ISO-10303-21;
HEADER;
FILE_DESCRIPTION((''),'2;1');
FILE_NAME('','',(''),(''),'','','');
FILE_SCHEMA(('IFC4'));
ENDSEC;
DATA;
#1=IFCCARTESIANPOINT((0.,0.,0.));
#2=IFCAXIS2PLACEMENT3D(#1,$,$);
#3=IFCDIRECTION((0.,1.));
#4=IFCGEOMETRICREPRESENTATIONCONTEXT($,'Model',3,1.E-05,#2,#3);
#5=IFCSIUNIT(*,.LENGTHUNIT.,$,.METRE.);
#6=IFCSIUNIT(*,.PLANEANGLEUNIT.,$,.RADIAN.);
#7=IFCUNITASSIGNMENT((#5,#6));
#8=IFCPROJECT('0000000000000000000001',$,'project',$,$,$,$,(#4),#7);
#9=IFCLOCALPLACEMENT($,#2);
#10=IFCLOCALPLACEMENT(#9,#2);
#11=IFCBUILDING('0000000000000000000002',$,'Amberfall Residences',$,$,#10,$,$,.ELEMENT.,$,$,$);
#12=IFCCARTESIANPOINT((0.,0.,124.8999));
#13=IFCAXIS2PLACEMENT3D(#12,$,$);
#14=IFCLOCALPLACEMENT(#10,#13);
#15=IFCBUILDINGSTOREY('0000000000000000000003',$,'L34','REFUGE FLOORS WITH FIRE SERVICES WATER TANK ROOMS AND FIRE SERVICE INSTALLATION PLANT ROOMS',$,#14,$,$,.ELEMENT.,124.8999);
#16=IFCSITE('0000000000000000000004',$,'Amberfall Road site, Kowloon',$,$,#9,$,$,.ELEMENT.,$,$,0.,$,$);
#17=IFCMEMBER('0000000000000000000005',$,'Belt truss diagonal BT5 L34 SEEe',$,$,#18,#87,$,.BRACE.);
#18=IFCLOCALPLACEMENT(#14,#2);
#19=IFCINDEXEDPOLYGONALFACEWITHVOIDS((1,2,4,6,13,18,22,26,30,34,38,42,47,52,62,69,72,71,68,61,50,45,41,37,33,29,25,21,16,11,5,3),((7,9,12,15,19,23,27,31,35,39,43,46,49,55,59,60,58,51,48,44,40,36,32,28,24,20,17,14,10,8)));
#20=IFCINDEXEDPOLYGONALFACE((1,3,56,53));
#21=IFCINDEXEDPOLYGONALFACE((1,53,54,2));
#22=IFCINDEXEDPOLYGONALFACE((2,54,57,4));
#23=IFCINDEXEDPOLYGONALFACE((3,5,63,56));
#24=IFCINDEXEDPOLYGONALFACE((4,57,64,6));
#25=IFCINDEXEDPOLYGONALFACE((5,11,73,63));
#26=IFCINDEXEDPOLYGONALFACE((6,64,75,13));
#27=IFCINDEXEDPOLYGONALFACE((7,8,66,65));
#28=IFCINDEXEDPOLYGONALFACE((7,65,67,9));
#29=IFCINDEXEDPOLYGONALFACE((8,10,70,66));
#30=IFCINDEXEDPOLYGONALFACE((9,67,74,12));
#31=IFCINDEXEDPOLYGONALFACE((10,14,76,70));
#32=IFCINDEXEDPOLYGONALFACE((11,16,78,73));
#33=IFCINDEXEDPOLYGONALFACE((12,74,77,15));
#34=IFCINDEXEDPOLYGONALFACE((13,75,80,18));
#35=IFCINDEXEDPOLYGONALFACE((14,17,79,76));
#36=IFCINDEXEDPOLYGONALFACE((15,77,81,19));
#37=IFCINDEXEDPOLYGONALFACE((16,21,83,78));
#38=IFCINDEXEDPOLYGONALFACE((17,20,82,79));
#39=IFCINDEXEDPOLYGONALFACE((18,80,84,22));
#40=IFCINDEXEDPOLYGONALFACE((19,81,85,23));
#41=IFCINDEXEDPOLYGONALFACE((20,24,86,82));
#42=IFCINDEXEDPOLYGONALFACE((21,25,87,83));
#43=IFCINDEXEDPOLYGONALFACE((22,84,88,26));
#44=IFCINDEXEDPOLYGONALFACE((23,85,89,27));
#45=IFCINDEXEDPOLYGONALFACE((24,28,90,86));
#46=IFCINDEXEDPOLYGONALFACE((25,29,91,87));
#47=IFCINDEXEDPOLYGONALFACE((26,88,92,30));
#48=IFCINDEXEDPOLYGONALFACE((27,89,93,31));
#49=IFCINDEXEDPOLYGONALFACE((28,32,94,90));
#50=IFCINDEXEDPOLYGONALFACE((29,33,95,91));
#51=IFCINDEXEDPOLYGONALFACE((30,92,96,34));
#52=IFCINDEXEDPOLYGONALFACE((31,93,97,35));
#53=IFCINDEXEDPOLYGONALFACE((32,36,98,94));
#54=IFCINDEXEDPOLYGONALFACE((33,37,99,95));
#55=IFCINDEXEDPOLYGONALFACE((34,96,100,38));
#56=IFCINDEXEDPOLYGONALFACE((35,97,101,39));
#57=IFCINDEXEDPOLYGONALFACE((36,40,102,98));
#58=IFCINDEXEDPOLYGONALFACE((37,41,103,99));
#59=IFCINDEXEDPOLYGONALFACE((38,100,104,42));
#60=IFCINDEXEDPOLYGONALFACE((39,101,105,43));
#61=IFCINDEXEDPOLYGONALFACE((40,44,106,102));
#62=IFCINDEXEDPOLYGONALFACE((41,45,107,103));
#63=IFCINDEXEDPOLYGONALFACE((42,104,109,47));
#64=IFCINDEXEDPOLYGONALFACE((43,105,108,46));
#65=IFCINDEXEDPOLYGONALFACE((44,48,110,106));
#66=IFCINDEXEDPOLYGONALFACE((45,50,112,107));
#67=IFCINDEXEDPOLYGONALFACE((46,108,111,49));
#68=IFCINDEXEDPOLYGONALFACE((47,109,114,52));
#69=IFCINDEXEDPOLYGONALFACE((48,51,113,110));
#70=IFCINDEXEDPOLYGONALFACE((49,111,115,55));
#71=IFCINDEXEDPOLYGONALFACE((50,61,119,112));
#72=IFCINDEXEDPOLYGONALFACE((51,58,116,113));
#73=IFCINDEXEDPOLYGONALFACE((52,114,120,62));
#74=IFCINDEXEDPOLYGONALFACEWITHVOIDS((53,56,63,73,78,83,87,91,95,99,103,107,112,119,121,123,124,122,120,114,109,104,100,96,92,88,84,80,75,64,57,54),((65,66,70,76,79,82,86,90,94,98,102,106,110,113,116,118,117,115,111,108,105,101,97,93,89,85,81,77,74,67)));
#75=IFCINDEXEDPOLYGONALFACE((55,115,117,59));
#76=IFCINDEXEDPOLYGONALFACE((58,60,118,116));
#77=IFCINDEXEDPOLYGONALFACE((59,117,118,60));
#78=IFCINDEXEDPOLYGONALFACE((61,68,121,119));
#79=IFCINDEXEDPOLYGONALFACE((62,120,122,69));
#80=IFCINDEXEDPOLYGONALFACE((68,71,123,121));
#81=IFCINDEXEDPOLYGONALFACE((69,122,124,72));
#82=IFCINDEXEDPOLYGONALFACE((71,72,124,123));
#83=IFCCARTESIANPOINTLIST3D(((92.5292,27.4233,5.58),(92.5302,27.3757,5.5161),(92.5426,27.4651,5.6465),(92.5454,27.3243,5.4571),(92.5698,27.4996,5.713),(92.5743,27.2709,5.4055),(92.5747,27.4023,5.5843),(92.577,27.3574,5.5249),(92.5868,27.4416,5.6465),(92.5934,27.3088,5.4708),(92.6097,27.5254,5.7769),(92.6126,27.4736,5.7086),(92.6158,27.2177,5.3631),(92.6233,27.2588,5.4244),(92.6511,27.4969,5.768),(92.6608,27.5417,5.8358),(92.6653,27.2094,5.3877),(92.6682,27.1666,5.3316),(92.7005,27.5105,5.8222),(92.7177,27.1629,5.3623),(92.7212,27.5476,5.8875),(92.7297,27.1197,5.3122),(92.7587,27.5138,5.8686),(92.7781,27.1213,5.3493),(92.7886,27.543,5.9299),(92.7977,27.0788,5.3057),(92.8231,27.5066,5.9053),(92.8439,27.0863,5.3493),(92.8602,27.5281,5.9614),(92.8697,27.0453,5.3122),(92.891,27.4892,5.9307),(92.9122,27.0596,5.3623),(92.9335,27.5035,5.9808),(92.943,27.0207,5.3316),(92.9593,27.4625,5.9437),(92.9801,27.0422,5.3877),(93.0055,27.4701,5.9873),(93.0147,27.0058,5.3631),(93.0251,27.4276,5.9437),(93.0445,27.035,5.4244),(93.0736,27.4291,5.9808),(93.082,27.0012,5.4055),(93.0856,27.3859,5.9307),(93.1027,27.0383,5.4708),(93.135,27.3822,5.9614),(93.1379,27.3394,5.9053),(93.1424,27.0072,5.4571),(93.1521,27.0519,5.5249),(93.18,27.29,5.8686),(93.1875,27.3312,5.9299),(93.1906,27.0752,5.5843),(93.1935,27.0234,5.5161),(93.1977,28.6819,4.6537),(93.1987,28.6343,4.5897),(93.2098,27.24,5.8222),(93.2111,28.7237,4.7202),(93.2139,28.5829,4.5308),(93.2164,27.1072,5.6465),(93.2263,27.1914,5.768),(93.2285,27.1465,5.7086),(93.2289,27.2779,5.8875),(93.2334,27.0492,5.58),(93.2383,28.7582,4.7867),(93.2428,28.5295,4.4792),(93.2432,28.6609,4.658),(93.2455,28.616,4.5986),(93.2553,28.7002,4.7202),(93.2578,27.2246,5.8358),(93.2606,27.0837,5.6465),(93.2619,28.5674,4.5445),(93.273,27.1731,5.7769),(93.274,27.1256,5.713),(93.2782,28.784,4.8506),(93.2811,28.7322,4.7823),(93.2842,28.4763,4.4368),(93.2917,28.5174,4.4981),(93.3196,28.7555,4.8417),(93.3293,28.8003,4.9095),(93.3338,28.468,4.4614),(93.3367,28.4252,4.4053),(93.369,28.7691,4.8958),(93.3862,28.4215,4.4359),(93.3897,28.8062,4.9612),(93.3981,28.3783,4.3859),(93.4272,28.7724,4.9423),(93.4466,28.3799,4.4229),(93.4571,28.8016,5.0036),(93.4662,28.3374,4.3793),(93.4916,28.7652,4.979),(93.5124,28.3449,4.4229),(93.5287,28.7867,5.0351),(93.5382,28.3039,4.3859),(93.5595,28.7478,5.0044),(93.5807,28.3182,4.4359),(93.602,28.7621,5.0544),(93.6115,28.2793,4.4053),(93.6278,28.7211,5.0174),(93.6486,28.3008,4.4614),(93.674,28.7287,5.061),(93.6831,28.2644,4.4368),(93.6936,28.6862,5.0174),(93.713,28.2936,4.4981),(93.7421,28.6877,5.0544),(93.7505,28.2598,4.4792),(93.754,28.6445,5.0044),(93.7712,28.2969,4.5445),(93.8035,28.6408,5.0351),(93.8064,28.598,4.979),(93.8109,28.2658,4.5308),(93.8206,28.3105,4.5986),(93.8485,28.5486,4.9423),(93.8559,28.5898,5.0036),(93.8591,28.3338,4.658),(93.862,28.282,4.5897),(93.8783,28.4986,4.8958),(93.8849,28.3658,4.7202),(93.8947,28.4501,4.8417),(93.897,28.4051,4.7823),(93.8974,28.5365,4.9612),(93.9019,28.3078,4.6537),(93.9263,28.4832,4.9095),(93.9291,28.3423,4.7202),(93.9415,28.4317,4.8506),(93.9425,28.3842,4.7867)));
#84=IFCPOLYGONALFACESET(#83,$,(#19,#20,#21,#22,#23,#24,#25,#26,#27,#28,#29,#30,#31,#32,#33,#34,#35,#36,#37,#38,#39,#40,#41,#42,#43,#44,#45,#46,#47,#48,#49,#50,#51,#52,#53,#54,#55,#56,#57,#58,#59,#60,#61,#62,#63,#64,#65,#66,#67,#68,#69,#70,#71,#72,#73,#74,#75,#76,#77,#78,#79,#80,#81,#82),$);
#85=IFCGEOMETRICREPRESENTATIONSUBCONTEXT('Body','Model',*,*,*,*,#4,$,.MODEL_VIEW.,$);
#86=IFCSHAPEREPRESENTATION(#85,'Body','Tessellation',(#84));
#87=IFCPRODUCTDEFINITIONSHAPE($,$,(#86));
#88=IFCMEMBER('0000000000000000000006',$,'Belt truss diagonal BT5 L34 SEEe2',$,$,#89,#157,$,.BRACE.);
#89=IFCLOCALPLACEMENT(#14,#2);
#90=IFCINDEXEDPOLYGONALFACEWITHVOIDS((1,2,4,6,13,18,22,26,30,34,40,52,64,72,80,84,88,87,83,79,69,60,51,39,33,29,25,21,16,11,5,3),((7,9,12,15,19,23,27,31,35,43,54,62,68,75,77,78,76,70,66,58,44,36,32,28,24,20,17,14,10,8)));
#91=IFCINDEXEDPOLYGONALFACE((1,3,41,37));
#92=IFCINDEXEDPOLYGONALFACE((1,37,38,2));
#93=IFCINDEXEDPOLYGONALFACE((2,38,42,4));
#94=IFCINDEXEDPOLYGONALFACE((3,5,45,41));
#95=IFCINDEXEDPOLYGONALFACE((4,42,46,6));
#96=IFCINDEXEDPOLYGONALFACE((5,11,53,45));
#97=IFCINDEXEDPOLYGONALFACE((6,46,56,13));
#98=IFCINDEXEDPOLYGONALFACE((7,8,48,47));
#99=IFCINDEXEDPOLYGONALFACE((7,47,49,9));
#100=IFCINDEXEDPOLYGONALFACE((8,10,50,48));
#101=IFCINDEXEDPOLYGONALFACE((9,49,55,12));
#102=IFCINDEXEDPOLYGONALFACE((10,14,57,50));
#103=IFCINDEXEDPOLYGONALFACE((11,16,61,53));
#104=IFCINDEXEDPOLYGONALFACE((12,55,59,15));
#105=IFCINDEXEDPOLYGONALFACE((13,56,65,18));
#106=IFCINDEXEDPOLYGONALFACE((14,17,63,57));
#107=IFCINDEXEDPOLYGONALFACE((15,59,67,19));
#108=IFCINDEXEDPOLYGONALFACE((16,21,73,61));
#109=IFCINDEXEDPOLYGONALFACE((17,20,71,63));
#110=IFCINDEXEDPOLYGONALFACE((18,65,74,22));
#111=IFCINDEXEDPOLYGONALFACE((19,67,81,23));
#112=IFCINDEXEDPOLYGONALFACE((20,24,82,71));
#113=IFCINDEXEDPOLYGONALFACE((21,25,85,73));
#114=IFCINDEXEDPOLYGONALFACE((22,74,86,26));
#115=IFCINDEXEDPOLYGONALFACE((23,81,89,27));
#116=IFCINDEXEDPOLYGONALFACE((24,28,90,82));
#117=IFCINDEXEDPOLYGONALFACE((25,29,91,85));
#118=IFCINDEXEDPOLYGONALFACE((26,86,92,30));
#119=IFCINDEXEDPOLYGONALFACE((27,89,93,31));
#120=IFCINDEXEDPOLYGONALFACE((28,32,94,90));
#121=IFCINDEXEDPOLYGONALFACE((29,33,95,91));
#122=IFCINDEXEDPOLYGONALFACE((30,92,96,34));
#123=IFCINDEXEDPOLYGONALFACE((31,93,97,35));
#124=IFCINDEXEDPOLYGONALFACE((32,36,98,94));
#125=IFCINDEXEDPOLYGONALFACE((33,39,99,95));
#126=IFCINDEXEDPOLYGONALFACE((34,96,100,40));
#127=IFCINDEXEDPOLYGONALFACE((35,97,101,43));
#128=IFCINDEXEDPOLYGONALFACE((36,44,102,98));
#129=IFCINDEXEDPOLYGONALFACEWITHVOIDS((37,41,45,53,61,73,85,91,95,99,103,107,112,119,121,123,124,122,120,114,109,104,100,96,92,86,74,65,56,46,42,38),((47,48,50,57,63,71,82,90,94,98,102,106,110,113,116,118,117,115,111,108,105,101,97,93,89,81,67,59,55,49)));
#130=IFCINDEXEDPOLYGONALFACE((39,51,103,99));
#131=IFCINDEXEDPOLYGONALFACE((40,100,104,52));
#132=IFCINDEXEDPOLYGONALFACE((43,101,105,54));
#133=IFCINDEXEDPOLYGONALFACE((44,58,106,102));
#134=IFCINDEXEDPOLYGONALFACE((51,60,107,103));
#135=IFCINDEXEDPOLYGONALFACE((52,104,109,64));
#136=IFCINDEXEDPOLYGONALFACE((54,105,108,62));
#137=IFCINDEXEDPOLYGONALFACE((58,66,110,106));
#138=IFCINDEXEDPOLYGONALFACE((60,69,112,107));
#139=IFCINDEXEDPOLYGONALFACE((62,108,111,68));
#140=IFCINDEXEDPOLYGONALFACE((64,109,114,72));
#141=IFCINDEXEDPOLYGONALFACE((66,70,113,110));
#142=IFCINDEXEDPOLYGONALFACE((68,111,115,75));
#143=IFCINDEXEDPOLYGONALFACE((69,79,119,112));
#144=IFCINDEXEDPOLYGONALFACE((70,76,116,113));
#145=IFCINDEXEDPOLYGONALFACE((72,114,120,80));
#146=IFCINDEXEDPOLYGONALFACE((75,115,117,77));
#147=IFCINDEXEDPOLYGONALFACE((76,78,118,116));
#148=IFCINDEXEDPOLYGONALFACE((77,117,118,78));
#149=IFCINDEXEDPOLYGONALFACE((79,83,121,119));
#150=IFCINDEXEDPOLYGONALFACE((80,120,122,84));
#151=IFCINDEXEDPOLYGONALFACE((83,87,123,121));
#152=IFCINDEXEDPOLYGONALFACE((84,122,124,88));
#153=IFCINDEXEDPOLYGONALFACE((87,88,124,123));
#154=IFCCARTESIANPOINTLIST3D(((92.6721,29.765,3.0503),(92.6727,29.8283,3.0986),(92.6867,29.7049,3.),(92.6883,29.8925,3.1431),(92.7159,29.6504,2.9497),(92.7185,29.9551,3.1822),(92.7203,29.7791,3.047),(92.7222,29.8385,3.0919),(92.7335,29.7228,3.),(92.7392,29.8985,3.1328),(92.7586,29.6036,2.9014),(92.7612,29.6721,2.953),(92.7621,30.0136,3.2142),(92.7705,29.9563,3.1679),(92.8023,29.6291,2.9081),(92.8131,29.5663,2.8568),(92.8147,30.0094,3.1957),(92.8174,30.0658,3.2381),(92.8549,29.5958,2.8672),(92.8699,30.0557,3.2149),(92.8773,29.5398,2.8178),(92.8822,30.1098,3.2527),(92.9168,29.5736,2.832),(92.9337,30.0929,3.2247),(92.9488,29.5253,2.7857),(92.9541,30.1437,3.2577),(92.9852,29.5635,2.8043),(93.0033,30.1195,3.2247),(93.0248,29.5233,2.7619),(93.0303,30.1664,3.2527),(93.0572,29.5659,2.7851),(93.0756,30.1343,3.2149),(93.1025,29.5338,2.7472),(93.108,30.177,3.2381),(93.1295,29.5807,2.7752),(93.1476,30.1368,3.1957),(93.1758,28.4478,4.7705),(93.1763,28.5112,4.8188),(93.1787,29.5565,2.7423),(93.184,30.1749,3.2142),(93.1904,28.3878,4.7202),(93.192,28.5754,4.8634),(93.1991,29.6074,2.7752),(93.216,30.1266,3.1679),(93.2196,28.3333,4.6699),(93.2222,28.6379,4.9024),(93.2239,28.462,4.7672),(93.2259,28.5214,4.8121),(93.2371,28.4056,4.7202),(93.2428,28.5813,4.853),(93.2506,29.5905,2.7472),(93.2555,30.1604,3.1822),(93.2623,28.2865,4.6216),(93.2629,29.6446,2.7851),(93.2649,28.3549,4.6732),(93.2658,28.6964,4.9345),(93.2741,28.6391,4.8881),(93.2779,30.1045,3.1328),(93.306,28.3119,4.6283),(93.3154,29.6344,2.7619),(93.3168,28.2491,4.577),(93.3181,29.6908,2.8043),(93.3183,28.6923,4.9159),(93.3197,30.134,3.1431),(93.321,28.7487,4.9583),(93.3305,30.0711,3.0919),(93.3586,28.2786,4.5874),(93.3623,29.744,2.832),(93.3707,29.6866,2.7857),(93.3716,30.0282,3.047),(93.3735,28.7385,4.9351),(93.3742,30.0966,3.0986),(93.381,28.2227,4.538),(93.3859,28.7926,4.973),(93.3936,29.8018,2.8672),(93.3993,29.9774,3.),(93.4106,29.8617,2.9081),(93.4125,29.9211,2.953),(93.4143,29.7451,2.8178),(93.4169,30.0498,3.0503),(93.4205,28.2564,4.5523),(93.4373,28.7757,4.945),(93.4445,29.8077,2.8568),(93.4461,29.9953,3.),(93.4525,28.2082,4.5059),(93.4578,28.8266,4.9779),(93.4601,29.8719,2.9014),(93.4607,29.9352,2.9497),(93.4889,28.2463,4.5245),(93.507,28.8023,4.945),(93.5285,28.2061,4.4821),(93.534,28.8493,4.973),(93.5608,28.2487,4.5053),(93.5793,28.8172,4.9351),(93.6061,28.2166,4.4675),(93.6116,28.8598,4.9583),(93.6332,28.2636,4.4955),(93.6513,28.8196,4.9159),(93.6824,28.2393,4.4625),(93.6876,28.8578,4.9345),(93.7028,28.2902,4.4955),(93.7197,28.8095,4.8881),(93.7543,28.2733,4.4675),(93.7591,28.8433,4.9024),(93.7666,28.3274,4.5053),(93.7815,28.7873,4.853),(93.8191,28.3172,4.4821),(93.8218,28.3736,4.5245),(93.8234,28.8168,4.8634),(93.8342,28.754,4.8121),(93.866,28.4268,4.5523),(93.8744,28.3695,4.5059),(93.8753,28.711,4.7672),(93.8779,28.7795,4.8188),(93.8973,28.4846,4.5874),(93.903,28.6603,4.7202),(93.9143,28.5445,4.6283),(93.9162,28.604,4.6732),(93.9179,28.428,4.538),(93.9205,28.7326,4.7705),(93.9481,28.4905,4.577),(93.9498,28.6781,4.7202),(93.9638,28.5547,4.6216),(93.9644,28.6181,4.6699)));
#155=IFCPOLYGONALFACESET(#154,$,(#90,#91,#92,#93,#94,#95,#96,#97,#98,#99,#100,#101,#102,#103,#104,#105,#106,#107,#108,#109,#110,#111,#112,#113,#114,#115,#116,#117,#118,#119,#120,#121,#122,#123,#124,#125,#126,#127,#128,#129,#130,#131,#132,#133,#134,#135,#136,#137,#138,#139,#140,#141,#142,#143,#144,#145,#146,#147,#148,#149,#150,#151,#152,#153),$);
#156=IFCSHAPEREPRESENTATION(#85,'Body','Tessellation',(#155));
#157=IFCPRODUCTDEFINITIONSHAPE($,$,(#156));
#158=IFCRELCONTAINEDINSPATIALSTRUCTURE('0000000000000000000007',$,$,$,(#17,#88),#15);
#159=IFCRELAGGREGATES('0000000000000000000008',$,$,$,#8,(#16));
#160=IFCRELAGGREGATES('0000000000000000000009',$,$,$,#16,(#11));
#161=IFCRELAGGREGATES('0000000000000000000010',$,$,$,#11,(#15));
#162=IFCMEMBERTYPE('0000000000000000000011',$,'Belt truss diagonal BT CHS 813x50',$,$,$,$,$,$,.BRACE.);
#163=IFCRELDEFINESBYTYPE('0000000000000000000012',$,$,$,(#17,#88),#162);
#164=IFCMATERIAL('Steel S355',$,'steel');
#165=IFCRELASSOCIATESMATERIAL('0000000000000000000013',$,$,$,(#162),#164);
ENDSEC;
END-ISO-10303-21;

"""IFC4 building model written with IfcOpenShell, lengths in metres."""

from ifc_helpers import new_model, si_unit, direction, frame, origin, origin_2d, place, context, subcontext, project, spatial, hollow_circle, extrude, material, material_profile, profile_set, type_object, element, save


model = new_model("IFC4")

# Units and contexts
model_context = context("Model", 3, precision=1e-05, world=origin(), true_north=direction((0.0, 1.0)))
body_context = subcontext(model_context, "Body", "Model", "MODEL_VIEW")
ifc_project = project(units=[si_unit("LENGTHUNIT", "METRE"), si_unit("PLANEANGLEUNIT", "RADIAN")], contexts=[model_context])

# Site, building, storey
site_placement = place(None, origin())
site = spatial("IfcSite", under=ifc_project, at=site_placement, Name="Amberfall Road site, Kowloon", CompositionType="ELEMENT", RefElevation=0.0)
building_placement = place(site_placement, origin())
building = spatial("IfcBuilding", under=site, at=building_placement, Name="Amberfall Residences", CompositionType="ELEMENT")
storey_placement = place(building_placement, frame((0.0, 0.0, 124.8999)))
storey = spatial("IfcBuildingStorey", under=building, at=storey_placement, Name="L34", Description="REFUGE FLOORS WITH FIRE SERVICES WATER TANK ROOMS AND FIRE SERVICE INSTALLATION PLANT ROOMS", CompositionType="ELEMENT", Elevation=124.8999)

# Shared definitions
ifc_material_1 = material(Name="Steel S355", Category="steel")

# Members
ifc_material_profile_1 = material_profile(ifc_material_1, hollow_circle(Radius=0.4065, WallThickness=0.05, at=origin_2d()), Name="CHS 813x50")
ifc_profile_set_1 = profile_set([ifc_material_profile_1], Name="Steel S355")
member_type_1 = type_object("IfcMemberType", Name="Belt truss diagonal BT CHS 813x50", PredefinedType="BRACE", material=ifc_profile_set_1)
member_1_placement = place(storey_placement, frame((92.9016, 27.2744, 5.6465), z_axis=(0.393295, 0.740481, -0.544983), x_axis=(-0.883158, 0.469076, 0.0)))
element("IfcMember", 1, at=member_1_placement, inside=storey, type_object=member_type_1, Name="Belt truss diagonal BT5 L34 SEEe", PredefinedType="BRACE", context=body_context, shape_type="SweptSolid", body=[
    extrude(hollow_circle(Radius=0.4065, WallThickness=0.05, at=origin_2d()), origin(), (0.0, 0.0, 1.0), 1.6997),
])
member_2_placement = place(storey_placement, frame((93.5701, 28.533, 4.7202), z_axis=(-0.226433, 0.592149, -0.773361), x_axis=(-0.93404, -0.357169, 0.0)))
element("IfcMember", 2, at=member_2_placement, inside=storey, type_object=member_type_1, Name="Belt truss diagonal BT5 L34 SEEe2", PredefinedType="BRACE", context=body_context, shape_type="SweptSolid", body=[
    extrude(hollow_circle(Radius=0.4065, WallThickness=0.05, at=origin_2d()), origin(), (0.0, 0.0, 1.0), 2.2244),
])

save(model, "model.ifc")
